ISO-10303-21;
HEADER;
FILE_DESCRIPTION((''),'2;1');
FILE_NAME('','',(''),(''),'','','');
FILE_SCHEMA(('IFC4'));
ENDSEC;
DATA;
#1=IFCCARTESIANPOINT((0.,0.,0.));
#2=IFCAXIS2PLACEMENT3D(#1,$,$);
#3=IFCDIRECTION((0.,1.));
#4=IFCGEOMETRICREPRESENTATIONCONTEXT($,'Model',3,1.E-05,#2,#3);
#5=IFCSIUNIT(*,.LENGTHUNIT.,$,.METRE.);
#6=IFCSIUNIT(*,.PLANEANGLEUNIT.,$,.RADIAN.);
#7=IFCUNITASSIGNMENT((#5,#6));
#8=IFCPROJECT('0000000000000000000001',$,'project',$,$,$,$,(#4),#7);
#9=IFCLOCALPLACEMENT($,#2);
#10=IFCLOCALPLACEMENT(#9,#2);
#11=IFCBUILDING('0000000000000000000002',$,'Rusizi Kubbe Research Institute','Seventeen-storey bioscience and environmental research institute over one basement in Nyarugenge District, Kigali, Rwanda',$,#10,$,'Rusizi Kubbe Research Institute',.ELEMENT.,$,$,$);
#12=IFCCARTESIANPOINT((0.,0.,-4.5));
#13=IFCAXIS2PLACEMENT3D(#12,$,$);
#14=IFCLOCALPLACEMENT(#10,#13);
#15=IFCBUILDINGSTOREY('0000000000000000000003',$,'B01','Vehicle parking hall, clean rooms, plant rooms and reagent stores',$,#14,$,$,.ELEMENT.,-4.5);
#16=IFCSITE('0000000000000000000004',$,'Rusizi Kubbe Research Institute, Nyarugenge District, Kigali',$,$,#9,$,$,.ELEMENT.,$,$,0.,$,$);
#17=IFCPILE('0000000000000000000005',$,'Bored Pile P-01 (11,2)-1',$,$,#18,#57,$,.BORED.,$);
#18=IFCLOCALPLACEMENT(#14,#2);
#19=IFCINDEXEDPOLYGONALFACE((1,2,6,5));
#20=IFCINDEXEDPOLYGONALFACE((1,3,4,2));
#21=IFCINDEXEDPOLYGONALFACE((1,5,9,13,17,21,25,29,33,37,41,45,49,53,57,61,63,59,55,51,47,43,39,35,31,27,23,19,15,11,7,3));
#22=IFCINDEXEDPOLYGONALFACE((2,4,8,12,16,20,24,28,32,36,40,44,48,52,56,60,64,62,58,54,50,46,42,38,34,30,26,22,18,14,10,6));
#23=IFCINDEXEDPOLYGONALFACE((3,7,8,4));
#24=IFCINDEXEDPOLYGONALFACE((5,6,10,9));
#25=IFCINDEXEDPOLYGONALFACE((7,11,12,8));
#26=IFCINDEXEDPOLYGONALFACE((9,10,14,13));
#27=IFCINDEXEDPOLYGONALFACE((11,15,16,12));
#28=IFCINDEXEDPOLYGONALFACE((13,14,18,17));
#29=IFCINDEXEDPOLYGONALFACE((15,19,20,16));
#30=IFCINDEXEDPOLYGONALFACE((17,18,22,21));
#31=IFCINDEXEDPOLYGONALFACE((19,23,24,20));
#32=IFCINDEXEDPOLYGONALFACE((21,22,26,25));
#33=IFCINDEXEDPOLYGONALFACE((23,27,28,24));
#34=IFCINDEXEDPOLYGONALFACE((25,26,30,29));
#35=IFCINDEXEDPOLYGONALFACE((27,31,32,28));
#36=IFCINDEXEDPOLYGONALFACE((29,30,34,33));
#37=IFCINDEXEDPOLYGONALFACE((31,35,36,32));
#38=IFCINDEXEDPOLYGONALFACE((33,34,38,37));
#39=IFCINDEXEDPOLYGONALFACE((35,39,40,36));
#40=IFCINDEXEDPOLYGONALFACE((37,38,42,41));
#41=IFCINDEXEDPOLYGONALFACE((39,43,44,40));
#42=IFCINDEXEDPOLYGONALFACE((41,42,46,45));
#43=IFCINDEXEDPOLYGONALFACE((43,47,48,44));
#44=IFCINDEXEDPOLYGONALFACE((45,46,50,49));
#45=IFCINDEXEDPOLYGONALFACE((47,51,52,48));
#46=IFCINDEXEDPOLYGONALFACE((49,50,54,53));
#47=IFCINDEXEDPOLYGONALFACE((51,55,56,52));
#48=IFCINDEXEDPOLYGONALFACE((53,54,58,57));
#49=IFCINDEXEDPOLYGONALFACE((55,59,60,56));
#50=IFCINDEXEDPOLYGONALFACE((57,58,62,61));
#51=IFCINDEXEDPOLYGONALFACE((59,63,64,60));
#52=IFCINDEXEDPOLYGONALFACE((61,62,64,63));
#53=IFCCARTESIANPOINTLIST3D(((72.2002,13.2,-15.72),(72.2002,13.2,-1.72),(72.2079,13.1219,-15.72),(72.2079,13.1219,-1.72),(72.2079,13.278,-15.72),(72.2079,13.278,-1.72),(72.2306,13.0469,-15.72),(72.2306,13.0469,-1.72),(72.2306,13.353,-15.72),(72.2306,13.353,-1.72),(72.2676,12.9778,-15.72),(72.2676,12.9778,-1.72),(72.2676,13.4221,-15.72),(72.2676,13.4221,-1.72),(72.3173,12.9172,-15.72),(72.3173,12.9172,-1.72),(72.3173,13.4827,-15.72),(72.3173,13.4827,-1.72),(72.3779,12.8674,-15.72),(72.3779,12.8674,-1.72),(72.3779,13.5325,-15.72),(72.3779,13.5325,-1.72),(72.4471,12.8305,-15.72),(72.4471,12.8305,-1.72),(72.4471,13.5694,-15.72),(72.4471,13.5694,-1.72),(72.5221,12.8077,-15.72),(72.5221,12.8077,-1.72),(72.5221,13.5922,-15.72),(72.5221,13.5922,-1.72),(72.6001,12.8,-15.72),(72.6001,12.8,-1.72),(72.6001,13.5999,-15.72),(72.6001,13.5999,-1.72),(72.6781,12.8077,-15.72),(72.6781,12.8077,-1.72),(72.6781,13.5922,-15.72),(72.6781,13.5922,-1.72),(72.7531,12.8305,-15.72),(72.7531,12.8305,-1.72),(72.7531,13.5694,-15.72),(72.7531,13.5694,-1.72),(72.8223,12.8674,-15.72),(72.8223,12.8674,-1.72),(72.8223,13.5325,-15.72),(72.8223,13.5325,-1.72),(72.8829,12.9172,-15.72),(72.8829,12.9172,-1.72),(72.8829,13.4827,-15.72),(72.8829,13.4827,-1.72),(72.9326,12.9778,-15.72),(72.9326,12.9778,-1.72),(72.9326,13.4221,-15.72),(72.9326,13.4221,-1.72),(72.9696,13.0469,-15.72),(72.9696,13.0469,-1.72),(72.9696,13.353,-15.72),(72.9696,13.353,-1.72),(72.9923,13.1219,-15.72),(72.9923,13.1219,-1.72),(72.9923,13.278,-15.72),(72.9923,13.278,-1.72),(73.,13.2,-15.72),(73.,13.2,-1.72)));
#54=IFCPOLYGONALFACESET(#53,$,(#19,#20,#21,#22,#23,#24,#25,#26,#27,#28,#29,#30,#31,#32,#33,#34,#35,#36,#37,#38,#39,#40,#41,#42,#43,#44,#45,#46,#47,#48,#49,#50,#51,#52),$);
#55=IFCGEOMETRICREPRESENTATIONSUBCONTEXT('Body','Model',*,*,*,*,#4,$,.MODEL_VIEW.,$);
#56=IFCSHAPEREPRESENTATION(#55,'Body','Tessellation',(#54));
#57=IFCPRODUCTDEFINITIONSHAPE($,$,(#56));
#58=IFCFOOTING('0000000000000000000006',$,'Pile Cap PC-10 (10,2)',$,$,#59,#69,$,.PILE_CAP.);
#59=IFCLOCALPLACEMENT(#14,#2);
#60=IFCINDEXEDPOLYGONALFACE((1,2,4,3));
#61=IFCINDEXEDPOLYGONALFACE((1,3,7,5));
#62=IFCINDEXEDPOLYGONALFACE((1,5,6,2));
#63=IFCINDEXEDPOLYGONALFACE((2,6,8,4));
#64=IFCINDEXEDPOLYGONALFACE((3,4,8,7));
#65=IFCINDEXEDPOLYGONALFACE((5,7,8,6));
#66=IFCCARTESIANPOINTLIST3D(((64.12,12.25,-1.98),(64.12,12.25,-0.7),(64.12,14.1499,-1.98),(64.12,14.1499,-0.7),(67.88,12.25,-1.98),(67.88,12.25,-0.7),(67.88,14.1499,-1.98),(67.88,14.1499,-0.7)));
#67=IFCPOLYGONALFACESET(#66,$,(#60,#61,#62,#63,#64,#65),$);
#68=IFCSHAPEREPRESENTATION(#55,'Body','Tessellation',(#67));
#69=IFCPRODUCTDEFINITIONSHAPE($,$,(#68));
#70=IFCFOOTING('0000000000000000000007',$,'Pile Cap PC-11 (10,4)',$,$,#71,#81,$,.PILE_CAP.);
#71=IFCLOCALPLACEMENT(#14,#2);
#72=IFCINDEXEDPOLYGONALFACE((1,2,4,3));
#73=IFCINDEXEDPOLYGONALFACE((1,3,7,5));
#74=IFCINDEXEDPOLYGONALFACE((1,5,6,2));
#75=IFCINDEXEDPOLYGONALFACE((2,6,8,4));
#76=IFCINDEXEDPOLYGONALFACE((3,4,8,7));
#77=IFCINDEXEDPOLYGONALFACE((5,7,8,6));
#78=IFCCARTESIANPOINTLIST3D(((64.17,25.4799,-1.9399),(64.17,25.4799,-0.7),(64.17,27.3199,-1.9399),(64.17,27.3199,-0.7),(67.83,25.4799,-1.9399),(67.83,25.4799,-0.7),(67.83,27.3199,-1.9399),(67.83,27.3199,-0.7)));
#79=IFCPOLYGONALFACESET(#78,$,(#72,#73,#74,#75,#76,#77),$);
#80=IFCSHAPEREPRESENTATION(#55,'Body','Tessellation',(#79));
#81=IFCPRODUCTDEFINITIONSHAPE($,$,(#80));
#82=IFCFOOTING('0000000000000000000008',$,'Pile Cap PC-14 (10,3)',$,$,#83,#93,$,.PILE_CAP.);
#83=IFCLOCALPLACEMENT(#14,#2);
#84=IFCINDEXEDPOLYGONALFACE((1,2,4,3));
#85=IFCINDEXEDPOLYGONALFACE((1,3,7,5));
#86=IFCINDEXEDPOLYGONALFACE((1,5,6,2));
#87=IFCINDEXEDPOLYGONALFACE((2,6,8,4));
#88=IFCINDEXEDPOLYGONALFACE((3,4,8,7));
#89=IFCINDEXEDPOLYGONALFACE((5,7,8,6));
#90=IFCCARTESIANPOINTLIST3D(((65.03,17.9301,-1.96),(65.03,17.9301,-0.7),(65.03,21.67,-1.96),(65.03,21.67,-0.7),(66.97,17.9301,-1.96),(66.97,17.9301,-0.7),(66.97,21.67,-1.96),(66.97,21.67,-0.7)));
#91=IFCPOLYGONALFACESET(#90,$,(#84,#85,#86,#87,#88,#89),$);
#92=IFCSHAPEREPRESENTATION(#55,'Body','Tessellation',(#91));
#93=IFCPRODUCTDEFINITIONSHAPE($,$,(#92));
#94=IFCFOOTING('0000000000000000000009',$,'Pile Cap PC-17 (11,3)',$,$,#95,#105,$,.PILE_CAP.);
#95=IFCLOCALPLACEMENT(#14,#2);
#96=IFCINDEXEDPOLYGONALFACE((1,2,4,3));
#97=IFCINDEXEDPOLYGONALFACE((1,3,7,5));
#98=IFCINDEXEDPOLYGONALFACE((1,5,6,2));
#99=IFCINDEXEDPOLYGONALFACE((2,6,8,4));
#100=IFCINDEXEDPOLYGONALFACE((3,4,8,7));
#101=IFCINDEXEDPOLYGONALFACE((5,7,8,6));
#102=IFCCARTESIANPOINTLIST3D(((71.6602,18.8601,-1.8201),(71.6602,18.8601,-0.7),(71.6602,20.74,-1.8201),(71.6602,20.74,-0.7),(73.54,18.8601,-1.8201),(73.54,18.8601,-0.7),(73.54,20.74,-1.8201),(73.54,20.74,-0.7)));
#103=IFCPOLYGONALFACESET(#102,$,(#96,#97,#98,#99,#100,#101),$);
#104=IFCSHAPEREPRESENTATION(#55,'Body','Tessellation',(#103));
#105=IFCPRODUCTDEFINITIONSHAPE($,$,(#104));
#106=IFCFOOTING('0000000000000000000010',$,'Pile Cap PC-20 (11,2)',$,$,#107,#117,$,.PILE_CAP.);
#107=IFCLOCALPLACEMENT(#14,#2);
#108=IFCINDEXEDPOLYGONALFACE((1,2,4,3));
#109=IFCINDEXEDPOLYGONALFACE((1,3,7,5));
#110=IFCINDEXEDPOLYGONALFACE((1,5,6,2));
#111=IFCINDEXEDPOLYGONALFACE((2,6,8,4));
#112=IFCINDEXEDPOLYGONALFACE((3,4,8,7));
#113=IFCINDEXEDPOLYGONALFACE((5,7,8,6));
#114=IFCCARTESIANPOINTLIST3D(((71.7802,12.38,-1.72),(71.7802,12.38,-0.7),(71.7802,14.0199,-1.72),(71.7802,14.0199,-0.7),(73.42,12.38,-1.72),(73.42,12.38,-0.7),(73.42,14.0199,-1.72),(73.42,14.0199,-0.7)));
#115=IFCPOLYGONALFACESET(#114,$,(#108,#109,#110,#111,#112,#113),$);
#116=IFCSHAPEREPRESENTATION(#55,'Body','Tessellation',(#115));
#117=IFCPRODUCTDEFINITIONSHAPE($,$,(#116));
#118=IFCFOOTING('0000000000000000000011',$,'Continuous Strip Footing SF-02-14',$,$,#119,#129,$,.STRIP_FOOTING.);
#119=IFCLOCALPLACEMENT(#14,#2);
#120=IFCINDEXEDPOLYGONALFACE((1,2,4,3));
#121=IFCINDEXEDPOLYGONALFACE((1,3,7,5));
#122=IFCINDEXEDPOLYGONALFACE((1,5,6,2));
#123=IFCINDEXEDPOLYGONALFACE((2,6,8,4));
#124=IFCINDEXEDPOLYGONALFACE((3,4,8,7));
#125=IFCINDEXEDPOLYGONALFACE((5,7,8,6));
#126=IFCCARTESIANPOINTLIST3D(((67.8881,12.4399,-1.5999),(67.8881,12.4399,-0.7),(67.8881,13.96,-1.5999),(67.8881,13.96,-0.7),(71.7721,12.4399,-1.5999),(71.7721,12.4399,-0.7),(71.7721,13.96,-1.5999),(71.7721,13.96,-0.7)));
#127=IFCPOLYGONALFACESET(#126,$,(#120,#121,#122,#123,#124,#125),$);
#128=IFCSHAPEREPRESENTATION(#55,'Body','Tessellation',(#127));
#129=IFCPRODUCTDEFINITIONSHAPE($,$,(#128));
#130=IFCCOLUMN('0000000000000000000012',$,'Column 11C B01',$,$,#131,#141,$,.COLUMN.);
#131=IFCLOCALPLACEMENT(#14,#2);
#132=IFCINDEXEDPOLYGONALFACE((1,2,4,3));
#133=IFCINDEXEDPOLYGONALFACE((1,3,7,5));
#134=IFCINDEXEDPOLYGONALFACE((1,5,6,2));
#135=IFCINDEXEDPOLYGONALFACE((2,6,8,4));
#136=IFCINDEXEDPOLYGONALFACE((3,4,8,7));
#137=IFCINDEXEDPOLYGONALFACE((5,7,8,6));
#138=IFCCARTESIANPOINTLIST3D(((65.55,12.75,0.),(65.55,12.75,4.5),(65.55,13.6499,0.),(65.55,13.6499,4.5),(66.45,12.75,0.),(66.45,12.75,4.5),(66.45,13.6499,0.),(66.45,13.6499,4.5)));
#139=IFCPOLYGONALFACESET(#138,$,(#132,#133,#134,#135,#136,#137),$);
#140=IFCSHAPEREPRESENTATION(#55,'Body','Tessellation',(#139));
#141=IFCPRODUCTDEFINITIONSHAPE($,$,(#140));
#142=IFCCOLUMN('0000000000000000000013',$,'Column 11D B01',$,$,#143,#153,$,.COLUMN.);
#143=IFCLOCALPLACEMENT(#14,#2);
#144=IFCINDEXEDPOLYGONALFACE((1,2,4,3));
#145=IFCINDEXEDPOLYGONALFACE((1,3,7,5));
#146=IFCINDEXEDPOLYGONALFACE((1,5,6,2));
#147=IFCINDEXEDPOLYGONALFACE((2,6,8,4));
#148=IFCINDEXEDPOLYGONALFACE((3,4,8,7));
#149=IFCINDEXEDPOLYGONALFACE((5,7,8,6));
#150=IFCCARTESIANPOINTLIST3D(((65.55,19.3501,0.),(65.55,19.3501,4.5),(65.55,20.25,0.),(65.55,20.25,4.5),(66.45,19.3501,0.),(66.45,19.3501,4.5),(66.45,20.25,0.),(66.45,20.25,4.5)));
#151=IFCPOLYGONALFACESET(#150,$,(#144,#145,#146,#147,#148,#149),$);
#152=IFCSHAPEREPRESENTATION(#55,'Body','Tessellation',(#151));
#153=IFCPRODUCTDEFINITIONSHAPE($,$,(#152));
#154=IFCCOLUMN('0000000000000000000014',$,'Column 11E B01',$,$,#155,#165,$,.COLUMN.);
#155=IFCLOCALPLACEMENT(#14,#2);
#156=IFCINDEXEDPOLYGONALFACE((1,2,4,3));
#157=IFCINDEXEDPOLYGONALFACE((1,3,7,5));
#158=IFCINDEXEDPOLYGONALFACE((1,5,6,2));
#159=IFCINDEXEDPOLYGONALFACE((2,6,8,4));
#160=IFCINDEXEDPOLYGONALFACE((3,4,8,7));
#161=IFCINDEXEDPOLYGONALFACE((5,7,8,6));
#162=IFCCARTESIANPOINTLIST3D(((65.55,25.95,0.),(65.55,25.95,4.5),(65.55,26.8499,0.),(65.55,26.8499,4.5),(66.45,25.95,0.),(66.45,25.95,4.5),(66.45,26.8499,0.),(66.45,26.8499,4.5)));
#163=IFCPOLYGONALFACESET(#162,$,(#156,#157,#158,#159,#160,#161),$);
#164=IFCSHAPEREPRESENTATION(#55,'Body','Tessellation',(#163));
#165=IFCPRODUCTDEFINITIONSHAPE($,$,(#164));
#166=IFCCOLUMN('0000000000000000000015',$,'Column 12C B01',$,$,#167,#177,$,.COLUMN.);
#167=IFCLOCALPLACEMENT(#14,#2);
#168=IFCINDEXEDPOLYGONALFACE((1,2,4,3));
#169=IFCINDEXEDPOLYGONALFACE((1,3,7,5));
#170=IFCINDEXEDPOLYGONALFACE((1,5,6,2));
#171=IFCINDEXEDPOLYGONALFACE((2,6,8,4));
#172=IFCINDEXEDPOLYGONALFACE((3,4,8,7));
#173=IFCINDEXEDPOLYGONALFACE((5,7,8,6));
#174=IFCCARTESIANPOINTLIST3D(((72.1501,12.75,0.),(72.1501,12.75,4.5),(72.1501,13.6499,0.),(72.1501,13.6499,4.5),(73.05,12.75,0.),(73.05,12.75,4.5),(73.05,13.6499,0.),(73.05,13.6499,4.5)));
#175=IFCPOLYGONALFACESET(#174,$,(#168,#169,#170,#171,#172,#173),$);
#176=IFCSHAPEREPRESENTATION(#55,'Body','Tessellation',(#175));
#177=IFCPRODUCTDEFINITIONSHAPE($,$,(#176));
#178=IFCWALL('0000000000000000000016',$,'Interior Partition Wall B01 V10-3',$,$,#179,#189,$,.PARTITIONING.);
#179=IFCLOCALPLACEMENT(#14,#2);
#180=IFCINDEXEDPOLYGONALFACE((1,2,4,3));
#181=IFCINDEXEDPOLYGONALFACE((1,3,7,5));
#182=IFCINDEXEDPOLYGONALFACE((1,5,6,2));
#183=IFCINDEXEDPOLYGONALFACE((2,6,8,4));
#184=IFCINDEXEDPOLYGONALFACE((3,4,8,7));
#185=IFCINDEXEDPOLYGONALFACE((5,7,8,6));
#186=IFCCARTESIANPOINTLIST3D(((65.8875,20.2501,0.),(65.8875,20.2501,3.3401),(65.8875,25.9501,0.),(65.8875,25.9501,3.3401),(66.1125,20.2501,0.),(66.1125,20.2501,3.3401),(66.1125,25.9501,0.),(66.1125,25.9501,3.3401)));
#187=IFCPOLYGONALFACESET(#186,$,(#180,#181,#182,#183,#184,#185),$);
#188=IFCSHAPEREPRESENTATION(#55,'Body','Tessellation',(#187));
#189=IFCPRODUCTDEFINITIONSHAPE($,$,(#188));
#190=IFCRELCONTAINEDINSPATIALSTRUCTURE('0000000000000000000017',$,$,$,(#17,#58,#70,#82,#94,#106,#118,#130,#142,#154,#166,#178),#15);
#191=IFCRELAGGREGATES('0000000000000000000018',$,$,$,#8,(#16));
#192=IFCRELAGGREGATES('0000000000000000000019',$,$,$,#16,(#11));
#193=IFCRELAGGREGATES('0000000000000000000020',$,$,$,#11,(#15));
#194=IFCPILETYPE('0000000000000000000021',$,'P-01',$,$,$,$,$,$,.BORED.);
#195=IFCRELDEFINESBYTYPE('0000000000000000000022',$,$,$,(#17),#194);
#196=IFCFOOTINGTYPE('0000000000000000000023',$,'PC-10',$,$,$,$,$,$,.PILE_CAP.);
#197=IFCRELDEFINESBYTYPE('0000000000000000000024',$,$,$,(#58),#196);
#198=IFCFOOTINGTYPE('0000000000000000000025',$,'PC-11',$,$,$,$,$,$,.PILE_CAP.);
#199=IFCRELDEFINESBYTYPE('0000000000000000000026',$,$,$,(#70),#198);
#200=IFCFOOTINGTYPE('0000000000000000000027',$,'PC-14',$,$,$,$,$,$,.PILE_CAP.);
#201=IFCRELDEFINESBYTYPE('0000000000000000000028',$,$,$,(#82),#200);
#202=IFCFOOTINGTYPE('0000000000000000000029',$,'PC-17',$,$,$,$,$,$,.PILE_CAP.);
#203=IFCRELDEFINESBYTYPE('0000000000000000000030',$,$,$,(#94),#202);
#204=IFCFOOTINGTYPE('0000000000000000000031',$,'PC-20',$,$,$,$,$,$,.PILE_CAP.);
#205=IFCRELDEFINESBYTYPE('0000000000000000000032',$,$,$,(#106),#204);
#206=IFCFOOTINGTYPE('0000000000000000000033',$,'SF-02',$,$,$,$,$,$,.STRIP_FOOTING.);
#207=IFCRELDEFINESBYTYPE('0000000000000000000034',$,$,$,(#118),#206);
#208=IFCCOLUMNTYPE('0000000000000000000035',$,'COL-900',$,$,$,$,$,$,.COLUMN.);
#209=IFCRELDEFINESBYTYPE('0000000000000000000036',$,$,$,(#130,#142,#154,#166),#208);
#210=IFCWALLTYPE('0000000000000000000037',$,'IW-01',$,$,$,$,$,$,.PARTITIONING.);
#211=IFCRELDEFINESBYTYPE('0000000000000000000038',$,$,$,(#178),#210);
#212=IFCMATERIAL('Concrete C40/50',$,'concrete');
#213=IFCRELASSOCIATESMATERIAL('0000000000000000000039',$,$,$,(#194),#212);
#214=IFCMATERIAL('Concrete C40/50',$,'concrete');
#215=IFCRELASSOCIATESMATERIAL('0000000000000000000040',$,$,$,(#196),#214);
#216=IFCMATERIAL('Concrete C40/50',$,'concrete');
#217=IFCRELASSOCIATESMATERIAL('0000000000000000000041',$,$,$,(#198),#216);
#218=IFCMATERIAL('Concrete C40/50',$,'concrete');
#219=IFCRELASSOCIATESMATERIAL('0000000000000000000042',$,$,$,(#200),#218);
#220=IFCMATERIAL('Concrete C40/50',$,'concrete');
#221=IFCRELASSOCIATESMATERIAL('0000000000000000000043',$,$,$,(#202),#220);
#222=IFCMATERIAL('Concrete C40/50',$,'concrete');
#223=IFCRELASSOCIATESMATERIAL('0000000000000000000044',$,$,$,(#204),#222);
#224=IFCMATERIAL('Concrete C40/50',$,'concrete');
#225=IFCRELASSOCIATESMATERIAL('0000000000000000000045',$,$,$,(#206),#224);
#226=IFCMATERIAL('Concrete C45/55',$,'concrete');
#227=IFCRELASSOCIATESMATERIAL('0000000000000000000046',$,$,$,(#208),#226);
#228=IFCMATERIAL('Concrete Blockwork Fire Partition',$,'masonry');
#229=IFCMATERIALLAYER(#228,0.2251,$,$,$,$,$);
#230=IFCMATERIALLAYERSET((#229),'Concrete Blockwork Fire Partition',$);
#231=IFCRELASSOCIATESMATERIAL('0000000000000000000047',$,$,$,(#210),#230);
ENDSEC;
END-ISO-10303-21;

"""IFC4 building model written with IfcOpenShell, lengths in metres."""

from ifc_helpers import new_model, si_unit, direction, frame, frame_2d, origin, origin_2d, place, context, subcontext, project, spatial, rectangle, circle, extrude, material, layer, layer_set, material_profile, profile_set, type_object, element, save


model = new_model("IFC4")

# Units and contexts
model_context = context("Model", 3, precision=1e-05, world=origin(), true_north=direction((0.0, 1.0)))
body_context = subcontext(model_context, "Body", "Model", "MODEL_VIEW")
ifc_project = project(units=[si_unit("LENGTHUNIT", "METRE"), si_unit("PLANEANGLEUNIT", "RADIAN")], contexts=[model_context])

# Site, building, storey
site_placement = place(None, origin())
site = spatial("IfcSite", under=ifc_project, at=site_placement, Name="Rusizi Kubbe Research Institute, Nyarugenge District, Kigali", CompositionType="ELEMENT", RefElevation=0.0)
building_placement = place(site_placement, origin())
building = spatial("IfcBuilding", under=site, at=building_placement, Name="Rusizi Kubbe Research Institute", Description="Seventeen-storey bioscience and environmental research institute over one basement in Nyarugenge District, Kigali, Rwanda", LongName="Rusizi Kubbe Research Institute", CompositionType="ELEMENT")
storey_placement = place(building_placement, frame((0.0, 0.0, -4.5)))
storey = spatial("IfcBuildingStorey", under=building, at=storey_placement, Name="B01", Description="Vehicle parking hall, clean rooms, plant rooms and reagent stores", CompositionType="ELEMENT", Elevation=-4.5)

# Pile
ifc_material_1 = material(Name="Concrete C40/50", Category="concrete")
ifc_material_profile_1 = material_profile(ifc_material_1, circle(Radius=0.3999, at=origin_2d()), Name="PILE-D800")
ifc_profile_set_1 = profile_set([ifc_material_profile_1], Name="Concrete C40/50")
pile_type = type_object("IfcPileType", Name="P-01", PredefinedType="BORED", material=ifc_profile_set_1)
for number, where, z_axis, x_axis, name in (
    (1, (72.6001, 13.2, -1.72), (0.0, 0.0, -1.0), (1.0, 0.0, 0.0), "Bored Pile P-01 (11,2)-1"),
):
    element("IfcPile", number, at=place(storey_placement, frame(where, z_axis=z_axis, x_axis=x_axis)), inside=storey, type_object=pile_type, Name=name, PredefinedType="BORED", context=body_context, shape_type="SweptSolid", body=[
        extrude(circle(Radius=0.3999, at=origin_2d()), origin(), (0.0, 0.0, 1.0), 14.0),
    ])

# Footings
ifc_material_2 = material(Name="Concrete C40/50", Category="concrete")
footing_type_1 = type_object("IfcFootingType", Name="PC-10", PredefinedType="PILE_CAP", material=ifc_material_2)
footing_1_placement = place(storey_placement, frame((66.0, 13.2, -1.98), z_axis=(0.0, 0.0, 1.0), x_axis=(1.0, 0.0, 0.0)))
element("IfcFooting", 2, at=footing_1_placement, inside=storey, type_object=footing_type_1, Name="Pile Cap PC-10 (10,2)", PredefinedType="PILE_CAP", context=body_context, shape_type="SweptSolid", body=[
    extrude(rectangle(XDim=3.76, YDim=1.8999, at=origin_2d()), origin(), (0.0, 0.0, 1.0), 1.28),
])
ifc_material_3 = material(Name="Concrete C40/50", Category="concrete")
footing_type_2 = type_object("IfcFootingType", Name="PC-11", PredefinedType="PILE_CAP", material=ifc_material_3)
footing_2_placement = place(storey_placement, frame((66.0, 26.3999, -1.9399), z_axis=(0.0, 0.0, 1.0), x_axis=(1.0, 0.0, 0.0)))
element("IfcFooting", 3, at=footing_2_placement, inside=storey, type_object=footing_type_2, Name="Pile Cap PC-11 (10,4)", PredefinedType="PILE_CAP", context=body_context, shape_type="SweptSolid", body=[
    extrude(rectangle(XDim=3.6599, YDim=1.8401, at=origin_2d()), origin(), (0.0, 0.0, 1.0), 1.24),
])
ifc_material_4 = material(Name="Concrete C40/50", Category="concrete")
footing_type_3 = type_object("IfcFootingType", Name="PC-14", PredefinedType="PILE_CAP", material=ifc_material_4)
footing_3_placement = place(storey_placement, frame((66.0, 19.8, -1.96), z_axis=(0.0, 0.0, 1.0), x_axis=(1.0, 0.0, 0.0)))
element("IfcFooting", 4, at=footing_3_placement, inside=storey, type_object=footing_type_3, Name="Pile Cap PC-14 (10,3)", PredefinedType="PILE_CAP", context=body_context, shape_type="SweptSolid", body=[
    extrude(rectangle(XDim=1.9399, YDim=3.74, at=origin_2d()), origin(), (0.0, 0.0, 1.0), 1.26),
])
ifc_material_5 = material(Name="Concrete C40/50", Category="concrete")
footing_type_4 = type_object("IfcFootingType", Name="PC-17", PredefinedType="PILE_CAP", material=ifc_material_5)
footing_4_placement = place(storey_placement, frame((72.6001, 19.8, -1.8201), z_axis=(0.0, 0.0, 1.0), x_axis=(1.0, 0.0, 0.0)))
element("IfcFooting", 5, at=footing_4_placement, inside=storey, type_object=footing_type_4, Name="Pile Cap PC-17 (11,3)", PredefinedType="PILE_CAP", context=body_context, shape_type="SweptSolid", body=[
    extrude(rectangle(XDim=1.8799, YDim=1.8799, at=origin_2d()), origin(), (0.0, 0.0, 1.0), 1.1201),
])
ifc_material_6 = material(Name="Concrete C40/50", Category="concrete")
footing_type_5 = type_object("IfcFootingType", Name="PC-20", PredefinedType="PILE_CAP", material=ifc_material_6)
footing_5_placement = place(storey_placement, frame((72.6001, 13.2, -1.72), z_axis=(0.0, 0.0, 1.0), x_axis=(1.0, 0.0, 0.0)))
element("IfcFooting", 6, at=footing_5_placement, inside=storey, type_object=footing_type_5, Name="Pile Cap PC-20 (11,2)", PredefinedType="PILE_CAP", context=body_context, shape_type="SweptSolid", body=[
    extrude(rectangle(XDim=1.6399, YDim=1.6399, at=origin_2d()), origin(), (0.0, 0.0, 1.0), 1.02),
])
ifc_material_7 = material(Name="Concrete C40/50", Category="concrete")
footing_type_6 = type_object("IfcFootingType", Name="SF-02", PredefinedType="STRIP_FOOTING", material=ifc_material_7)
footing_6_placement = place(storey_placement, frame((69.8301, 13.2, -1.5999), z_axis=(0.0, 0.0, 1.0), x_axis=(1.0, 0.0, 0.0)))
element("IfcFooting", 7, at=footing_6_placement, inside=storey, type_object=footing_type_6, Name="Continuous Strip Footing SF-02-14", PredefinedType="STRIP_FOOTING", context=body_context, shape_type="SweptSolid", body=[
    extrude(rectangle(XDim=3.884, YDim=1.52, at=origin_2d()), origin(), (0.0, 0.0, 1.0), 0.8999),
])

# Columns
ifc_material_8 = material(Name="Concrete C45/55", Category="concrete")
ifc_material_profile_2 = material_profile(ifc_material_8, rectangle(XDim=0.8999, YDim=0.8999, at=origin_2d()), Name="RC900x900")
ifc_profile_set_2 = profile_set([ifc_material_profile_2], Name="Concrete C45/55")
column_type = type_object("IfcColumnType", Name="COL-900", PredefinedType="COLUMN", material=ifc_profile_set_2)
for number, where, z_axis, x_axis, name in (
    (8, (66.0, 13.2, 0.0), (0.0, 0.0, 1.0), (1.0, 0.0, 0.0), "Column 11C B01"),
    (9, (66.0, 19.8, 0.0), (0.0, 0.0, 1.0), (1.0, 0.0, 0.0), "Column 11D B01"),
    (10, (66.0, 26.3999, 0.0), (0.0, 0.0, 1.0), (1.0, 0.0, 0.0), "Column 11E B01"),
    (11, (72.6001, 13.2, 0.0), (0.0, 0.0, 1.0), (1.0, 0.0, 0.0), "Column 12C B01"),
):
    element("IfcColumn", number, at=place(storey_placement, frame(where, z_axis=z_axis, x_axis=x_axis)), inside=storey, type_object=column_type, Name=name, PredefinedType="COLUMN", context=body_context, shape_type="SweptSolid", body=[
        extrude(rectangle(XDim=0.8999, YDim=0.8999, at=origin_2d()), origin(), (0.0, 0.0, 1.0), 4.5),
    ])

# Wall
ifc_material_9 = material(Name="Concrete Blockwork Fire Partition", Category="masonry")
ifc_layer_1 = layer(ifc_material_9, 0.2251)
ifc_layer_set_1 = layer_set([ifc_layer_1], Name="Concrete Blockwork Fire Partition")
wall_type_1 = type_object("IfcWallType", Name="IW-01", PredefinedType="PARTITIONING", material=ifc_layer_set_1)
wall_1_placement = place(storey_placement, frame((66.0, 20.25, 0.0), z_axis=(0.0, 0.0, 1.0), x_axis=(0.0, 1.0, 0.0)))
element("IfcWall", 12, at=wall_1_placement, inside=storey, type_object=wall_type_1, Name="Interior Partition Wall B01 V10-3", PredefinedType="PARTITIONING", context=body_context, shape_type="SweptSolid", body=[
    extrude(rectangle(XDim=5.7, YDim=0.2251, at=frame_2d((2.8501, 0.0))), origin(), (0.0, 0.0, 1.0), 3.3401),
])

save(model, "model.ifc")
